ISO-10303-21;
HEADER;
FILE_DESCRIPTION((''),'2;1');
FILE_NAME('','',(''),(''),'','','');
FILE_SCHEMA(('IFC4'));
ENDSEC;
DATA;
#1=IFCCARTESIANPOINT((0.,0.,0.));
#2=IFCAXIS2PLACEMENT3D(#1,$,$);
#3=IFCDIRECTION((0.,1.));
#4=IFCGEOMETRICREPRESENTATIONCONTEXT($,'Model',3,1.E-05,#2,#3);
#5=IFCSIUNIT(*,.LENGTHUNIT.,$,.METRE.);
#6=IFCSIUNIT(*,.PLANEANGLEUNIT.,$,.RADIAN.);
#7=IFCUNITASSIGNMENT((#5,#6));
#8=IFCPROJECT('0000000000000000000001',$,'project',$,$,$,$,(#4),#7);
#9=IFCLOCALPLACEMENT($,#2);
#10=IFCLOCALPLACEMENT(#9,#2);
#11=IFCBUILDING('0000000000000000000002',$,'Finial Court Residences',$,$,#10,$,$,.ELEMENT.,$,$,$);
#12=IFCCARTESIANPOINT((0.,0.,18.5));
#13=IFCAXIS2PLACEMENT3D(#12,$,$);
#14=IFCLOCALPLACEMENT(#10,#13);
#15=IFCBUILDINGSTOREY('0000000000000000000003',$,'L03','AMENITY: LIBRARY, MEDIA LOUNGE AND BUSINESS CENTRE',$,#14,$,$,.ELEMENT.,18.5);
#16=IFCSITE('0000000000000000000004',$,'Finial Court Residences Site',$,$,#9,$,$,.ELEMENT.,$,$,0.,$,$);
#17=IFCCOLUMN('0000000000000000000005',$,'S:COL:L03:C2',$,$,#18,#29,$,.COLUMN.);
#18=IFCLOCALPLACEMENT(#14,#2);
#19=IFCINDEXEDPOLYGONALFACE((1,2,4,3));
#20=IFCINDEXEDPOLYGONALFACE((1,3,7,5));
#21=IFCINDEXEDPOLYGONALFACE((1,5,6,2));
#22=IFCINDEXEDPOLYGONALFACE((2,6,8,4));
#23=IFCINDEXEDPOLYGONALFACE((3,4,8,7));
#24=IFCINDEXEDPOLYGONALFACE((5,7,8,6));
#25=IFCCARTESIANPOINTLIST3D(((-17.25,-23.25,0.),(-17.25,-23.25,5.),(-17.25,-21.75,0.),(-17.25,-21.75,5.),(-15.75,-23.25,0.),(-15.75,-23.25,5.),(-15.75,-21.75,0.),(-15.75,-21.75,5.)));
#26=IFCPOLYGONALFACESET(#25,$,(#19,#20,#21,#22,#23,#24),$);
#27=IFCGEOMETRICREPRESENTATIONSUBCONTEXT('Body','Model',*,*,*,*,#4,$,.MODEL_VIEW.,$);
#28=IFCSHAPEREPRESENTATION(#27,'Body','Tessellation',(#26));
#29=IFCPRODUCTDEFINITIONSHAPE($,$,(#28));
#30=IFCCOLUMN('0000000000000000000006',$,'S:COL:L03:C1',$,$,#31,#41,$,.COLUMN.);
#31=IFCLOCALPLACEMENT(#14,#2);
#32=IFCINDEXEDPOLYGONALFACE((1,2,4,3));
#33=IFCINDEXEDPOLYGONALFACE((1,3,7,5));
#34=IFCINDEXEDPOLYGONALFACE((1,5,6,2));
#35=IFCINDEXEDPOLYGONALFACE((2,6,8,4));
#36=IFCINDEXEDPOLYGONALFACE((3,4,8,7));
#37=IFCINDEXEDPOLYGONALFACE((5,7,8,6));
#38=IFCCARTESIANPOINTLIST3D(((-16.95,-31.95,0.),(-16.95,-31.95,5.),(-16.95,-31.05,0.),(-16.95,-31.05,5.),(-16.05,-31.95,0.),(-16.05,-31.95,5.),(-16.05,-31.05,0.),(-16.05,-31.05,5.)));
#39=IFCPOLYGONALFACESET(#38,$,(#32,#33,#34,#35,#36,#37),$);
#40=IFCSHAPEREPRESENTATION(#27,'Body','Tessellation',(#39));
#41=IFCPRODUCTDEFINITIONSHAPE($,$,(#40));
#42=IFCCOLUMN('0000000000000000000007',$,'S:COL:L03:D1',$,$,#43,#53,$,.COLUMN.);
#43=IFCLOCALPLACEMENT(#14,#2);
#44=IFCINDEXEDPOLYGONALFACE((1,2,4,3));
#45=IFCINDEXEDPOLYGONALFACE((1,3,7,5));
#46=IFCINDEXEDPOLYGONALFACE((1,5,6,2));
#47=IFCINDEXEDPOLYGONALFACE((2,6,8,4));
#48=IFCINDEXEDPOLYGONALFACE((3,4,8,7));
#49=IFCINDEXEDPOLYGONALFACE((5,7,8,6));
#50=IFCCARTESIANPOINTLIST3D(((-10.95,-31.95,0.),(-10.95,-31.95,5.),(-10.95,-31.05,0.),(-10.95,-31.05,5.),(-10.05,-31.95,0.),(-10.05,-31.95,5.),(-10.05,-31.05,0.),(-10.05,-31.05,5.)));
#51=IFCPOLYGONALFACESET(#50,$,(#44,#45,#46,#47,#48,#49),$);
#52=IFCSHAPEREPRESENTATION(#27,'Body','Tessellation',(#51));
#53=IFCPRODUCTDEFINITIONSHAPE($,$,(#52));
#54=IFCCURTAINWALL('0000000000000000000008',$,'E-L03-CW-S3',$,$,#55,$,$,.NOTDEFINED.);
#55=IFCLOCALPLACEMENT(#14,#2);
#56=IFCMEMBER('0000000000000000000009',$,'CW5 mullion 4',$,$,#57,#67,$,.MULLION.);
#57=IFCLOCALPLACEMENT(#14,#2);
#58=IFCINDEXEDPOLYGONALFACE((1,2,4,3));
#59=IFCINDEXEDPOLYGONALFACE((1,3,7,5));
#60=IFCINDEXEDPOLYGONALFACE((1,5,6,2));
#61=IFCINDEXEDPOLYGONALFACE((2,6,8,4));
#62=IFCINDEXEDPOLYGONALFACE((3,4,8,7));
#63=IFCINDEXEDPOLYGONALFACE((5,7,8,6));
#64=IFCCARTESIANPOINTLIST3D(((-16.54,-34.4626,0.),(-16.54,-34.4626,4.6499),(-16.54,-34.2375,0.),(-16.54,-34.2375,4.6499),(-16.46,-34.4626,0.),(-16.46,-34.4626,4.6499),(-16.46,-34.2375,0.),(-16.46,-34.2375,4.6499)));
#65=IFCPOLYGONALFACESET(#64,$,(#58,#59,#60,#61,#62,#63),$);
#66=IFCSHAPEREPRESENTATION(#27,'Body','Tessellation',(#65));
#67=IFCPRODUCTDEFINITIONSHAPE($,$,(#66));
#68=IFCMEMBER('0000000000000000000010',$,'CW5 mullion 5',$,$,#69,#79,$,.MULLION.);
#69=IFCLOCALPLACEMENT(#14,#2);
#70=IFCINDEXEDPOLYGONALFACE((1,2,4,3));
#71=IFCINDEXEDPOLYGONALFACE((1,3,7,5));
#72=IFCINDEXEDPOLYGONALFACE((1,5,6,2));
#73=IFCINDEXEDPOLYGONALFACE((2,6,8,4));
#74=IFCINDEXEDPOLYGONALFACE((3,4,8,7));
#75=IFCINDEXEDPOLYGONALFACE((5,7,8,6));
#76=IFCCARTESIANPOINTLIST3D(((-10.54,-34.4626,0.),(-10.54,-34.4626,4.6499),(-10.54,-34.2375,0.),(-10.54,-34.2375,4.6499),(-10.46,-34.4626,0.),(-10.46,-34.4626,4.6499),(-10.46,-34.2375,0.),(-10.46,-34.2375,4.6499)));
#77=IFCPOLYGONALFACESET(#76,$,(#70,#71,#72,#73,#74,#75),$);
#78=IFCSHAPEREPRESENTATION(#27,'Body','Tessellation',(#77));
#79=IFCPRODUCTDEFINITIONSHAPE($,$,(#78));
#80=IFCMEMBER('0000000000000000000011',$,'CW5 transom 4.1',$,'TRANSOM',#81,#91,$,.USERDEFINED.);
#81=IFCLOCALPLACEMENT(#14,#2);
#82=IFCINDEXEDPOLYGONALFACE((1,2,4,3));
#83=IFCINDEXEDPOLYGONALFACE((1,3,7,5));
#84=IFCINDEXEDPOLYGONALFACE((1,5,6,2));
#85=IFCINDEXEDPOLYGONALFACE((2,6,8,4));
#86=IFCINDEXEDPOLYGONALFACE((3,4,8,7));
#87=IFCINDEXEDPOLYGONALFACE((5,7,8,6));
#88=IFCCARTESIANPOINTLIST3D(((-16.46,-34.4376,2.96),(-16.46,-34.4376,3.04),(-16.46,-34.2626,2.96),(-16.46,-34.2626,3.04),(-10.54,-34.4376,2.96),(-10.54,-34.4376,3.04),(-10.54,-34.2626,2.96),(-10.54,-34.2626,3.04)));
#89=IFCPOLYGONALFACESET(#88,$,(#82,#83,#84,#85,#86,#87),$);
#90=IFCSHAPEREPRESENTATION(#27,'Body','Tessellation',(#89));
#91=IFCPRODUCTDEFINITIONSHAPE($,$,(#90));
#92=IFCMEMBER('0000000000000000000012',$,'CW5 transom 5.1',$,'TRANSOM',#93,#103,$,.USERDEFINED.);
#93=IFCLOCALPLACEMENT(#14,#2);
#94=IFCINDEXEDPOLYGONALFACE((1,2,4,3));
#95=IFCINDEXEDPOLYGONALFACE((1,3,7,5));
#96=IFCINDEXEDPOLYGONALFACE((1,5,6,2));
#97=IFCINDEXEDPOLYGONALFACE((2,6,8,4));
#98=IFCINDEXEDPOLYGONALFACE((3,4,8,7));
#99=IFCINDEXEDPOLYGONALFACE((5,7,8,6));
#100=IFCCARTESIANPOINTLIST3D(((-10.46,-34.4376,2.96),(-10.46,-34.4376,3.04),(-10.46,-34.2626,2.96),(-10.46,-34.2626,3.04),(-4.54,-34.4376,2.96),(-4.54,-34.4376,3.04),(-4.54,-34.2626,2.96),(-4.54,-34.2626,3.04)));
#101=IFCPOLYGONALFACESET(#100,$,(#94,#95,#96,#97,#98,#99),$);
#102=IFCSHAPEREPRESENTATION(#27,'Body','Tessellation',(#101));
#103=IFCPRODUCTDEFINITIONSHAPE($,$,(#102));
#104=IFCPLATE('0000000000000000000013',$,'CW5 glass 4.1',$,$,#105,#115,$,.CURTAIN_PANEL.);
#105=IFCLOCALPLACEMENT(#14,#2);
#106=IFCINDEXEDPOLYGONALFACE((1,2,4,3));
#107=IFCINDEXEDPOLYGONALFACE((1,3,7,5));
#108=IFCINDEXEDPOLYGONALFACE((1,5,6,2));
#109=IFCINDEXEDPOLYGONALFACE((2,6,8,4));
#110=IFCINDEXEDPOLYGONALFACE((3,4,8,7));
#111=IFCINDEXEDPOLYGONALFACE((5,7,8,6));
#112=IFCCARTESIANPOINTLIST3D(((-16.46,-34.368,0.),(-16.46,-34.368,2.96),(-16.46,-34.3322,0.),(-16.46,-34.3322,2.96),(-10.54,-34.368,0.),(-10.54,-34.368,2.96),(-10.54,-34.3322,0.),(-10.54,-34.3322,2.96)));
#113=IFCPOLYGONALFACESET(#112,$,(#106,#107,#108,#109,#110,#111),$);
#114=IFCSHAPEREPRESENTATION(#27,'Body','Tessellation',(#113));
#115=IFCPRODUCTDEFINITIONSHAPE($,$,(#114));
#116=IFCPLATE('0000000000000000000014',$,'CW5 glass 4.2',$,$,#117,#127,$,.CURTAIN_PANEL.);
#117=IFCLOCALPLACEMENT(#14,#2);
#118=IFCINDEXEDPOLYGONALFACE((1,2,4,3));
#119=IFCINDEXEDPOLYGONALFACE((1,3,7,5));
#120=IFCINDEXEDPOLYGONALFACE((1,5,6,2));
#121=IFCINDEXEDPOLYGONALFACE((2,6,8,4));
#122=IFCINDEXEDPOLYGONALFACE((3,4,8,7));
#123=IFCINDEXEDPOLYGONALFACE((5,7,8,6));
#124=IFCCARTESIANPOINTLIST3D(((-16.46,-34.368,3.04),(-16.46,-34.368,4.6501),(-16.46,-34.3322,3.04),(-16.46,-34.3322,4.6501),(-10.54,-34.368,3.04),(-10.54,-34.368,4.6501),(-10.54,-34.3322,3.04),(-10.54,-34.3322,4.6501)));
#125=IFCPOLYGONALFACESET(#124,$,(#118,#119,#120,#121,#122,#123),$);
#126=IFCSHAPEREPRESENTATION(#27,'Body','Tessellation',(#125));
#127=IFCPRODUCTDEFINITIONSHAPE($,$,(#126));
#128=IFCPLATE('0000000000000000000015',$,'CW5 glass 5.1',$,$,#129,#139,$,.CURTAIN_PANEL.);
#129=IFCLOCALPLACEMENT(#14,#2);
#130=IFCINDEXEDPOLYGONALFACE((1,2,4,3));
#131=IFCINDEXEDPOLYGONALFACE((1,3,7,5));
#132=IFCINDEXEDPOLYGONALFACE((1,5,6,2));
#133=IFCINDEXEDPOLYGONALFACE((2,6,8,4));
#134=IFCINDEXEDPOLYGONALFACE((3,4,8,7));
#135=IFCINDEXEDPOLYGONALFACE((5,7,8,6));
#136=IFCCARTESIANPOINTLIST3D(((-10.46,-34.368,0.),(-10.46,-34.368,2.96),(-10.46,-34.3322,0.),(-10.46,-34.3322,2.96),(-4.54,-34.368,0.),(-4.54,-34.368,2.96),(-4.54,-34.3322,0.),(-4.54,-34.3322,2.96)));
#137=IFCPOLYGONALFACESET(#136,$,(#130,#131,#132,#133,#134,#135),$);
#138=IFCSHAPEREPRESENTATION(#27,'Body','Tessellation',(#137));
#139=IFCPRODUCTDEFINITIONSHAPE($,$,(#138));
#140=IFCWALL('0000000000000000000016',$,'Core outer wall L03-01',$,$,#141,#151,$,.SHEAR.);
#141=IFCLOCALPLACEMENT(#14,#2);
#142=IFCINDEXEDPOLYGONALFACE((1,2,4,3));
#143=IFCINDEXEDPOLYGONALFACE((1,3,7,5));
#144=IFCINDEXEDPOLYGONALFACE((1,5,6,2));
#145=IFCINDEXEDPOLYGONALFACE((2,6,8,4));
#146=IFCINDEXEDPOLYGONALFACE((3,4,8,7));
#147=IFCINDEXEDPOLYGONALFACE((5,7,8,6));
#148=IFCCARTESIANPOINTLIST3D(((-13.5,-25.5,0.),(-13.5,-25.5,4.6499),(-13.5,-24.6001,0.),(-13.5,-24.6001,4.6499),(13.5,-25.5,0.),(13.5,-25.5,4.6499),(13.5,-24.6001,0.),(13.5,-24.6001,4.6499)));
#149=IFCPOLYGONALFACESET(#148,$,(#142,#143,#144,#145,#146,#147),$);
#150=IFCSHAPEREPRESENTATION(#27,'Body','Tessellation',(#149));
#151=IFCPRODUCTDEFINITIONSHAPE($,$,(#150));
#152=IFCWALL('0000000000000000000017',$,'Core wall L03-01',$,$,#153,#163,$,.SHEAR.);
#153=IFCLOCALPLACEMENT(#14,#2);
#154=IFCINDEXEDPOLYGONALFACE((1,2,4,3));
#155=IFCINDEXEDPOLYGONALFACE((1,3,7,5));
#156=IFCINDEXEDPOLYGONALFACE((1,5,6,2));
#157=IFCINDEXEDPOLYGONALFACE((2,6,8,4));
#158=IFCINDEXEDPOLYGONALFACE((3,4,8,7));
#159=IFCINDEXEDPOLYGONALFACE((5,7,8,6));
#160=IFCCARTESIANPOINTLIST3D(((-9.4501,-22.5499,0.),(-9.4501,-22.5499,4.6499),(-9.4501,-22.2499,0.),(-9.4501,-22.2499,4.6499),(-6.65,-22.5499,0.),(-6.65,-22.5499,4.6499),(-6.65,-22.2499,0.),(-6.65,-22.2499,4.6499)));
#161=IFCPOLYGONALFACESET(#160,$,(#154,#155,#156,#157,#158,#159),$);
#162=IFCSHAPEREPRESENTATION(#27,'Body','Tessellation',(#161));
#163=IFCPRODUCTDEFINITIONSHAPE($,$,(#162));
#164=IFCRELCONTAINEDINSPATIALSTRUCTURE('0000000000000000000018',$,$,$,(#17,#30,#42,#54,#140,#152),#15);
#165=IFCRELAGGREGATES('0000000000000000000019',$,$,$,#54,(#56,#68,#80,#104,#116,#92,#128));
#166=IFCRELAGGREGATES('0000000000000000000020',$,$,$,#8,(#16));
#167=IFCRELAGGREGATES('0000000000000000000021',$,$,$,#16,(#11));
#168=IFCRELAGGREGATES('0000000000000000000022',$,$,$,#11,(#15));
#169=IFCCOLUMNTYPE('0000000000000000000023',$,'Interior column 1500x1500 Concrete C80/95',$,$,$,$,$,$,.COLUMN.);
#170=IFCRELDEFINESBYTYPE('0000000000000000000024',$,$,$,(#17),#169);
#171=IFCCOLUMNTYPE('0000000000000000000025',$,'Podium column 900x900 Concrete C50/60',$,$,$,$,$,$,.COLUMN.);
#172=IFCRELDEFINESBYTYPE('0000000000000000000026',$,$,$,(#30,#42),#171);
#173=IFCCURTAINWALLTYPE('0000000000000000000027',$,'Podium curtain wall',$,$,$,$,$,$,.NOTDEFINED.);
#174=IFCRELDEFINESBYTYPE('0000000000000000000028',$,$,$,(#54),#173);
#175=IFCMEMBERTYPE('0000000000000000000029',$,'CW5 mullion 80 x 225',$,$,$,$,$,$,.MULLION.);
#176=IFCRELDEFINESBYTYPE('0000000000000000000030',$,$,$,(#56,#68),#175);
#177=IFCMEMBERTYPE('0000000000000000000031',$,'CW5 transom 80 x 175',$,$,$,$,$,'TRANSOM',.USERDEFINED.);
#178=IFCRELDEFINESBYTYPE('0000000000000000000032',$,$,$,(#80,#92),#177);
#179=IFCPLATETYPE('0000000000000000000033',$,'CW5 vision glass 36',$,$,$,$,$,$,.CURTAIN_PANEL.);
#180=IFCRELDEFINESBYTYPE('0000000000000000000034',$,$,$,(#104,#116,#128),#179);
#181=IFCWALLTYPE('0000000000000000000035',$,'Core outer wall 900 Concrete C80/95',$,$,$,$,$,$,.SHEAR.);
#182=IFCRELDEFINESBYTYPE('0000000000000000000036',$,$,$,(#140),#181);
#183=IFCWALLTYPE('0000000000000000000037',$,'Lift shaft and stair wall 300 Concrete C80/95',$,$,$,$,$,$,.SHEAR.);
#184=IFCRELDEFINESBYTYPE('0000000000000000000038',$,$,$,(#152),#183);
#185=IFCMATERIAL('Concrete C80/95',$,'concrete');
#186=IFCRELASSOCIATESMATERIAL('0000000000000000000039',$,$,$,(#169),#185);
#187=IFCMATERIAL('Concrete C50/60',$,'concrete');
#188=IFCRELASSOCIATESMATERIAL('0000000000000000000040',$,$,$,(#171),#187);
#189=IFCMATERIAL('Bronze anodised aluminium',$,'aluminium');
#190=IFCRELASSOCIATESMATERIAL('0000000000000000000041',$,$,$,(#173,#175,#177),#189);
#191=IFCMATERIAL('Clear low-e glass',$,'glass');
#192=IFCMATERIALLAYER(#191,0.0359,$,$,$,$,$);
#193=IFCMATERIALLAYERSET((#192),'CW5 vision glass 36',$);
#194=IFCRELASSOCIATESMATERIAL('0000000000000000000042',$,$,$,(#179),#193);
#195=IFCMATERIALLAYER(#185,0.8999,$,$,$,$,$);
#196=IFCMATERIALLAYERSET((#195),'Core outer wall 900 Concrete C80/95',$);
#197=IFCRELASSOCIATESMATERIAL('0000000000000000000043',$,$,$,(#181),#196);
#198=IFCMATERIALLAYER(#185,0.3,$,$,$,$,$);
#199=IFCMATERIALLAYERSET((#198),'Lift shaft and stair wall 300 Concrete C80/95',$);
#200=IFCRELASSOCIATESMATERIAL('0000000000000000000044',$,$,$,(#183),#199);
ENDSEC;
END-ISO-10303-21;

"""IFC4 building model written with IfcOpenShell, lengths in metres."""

from ifc_helpers import new_model, si_unit, direction, frame, frame_2d, origin, origin_2d, place, context, subcontext, project, spatial, rectangle, extrude, material, layer, layer_set, material_profile, profile_set, type_object, element, aggregate, save


model = new_model("IFC4")

# Units and contexts
model_context = context("Model", 3, precision=1e-05, world=origin(), true_north=direction((0.0, 1.0)))
body_context = subcontext(model_context, "Body", "Model", "MODEL_VIEW")
ifc_project = project(units=[si_unit("LENGTHUNIT", "METRE"), si_unit("PLANEANGLEUNIT", "RADIAN")], contexts=[model_context])

# Site, building, storey
site_placement = place(None, origin())
site = spatial("IfcSite", under=ifc_project, at=site_placement, Name="Finial Court Residences Site", CompositionType="ELEMENT", RefElevation=0.0)
building_placement = place(site_placement, origin())
building = spatial("IfcBuilding", under=site, at=building_placement, Name="Finial Court Residences", CompositionType="ELEMENT")
storey_placement = place(building_placement, frame((0.0, 0.0, 18.5)))
storey = spatial("IfcBuildingStorey", under=building, at=storey_placement, Name="L03", Description="AMENITY: LIBRARY, MEDIA LOUNGE AND BUSINESS CENTRE", CompositionType="ELEMENT", Elevation=18.5)

# Columns
ifc_material_1 = material(Name="Concrete C80/95", Category="concrete")
ifc_material_profile_1 = material_profile(ifc_material_1, rectangle(XDim=1.5, YDim=1.5, at=origin_2d()), Name="1500x1500")
ifc_profile_set_1 = profile_set([ifc_material_profile_1], Name="Concrete C80/95")
column_type_1 = type_object("IfcColumnType", Name="Interior column 1500x1500 Concrete C80/95", PredefinedType="COLUMN", material=ifc_profile_set_1)
column_placement = place(storey_placement, frame((-16.5, -22.5, 0.0), z_axis=(0.0, 0.0, 1.0), x_axis=(1.0, 0.0, 0.0)))
element("IfcColumn", 1, at=column_placement, inside=storey, type_object=column_type_1, Name="S:COL:L03:C2", PredefinedType="COLUMN", context=body_context, shape_type="SweptSolid", body=[
    extrude(rectangle(XDim=1.5, YDim=1.5, at=origin_2d()), origin(), (0.0, 0.0, 1.0), 5.0),
])
ifc_material_2 = material(Name="Concrete C50/60", Category="concrete")
ifc_material_profile_2 = material_profile(ifc_material_2, rectangle(XDim=0.8999, YDim=0.8999, at=origin_2d()), Name="900x900")
ifc_profile_set_2 = profile_set([ifc_material_profile_2], Name="Concrete C50/60")
column_type_2 = type_object("IfcColumnType", Name="Podium column 900x900 Concrete C50/60", PredefinedType="COLUMN", material=ifc_profile_set_2)
for number, where, z_axis, x_axis, name in (
    (2, (-16.5, -31.5, 0.0), (0.0, 0.0, 1.0), (1.0, 0.0, 0.0), "S:COL:L03:C1"),
    (3, (-10.5, -31.5, 0.0), (0.0, 0.0, 1.0), (1.0, 0.0, 0.0), "S:COL:L03:D1"),
):
    element("IfcColumn", number, at=place(storey_placement, frame(where, z_axis=z_axis, x_axis=x_axis)), inside=storey, type_object=column_type_2, Name=name, PredefinedType="COLUMN", context=body_context, shape_type="SweptSolid", body=[
        extrude(rectangle(XDim=0.8999, YDim=0.8999, at=origin_2d()), origin(), (0.0, 0.0, 1.0), 5.0),
    ])

# Curtain wall, members, plates
ifc_material_3 = material(Name="Bronze anodised aluminium", Category="aluminium")
curtain_wall_type = type_object("IfcCurtainWallType", Name="Podium curtain wall", PredefinedType="NOTDEFINED", material=ifc_material_3)
curtain_wall_placement = place(storey_placement, origin())
curtain_wall = element("IfcCurtainWall", 4, at=curtain_wall_placement, inside=storey, type_object=curtain_wall_type, Name="E-L03-CW-S3", PredefinedType="NOTDEFINED")
ifc_material_profile_3 = material_profile(ifc_material_3, rectangle(XDim=0.2251, YDim=0.0801, at=origin_2d()), Name="CW5 mullion 80 x 225")
ifc_profile_set_3 = profile_set([ifc_material_profile_3], Name="Bronze anodised aluminium")
member_type_1 = type_object("IfcMemberType", Name="CW5 mullion 80 x 225", PredefinedType="MULLION", material=ifc_profile_set_3)
member_1_placement = place(storey_placement, frame((-16.5, -34.3501, 0.0), z_axis=(0.0, 0.0, 1.0), x_axis=(0.0, 1.0, 0.0)))
member_1 = element("IfcMember", 5, at=member_1_placement, type_object=member_type_1, Name="CW5 mullion 4", PredefinedType="MULLION", context=body_context, shape_type="SweptSolid", body=[
    extrude(rectangle(XDim=0.2251, YDim=0.0801, at=origin_2d()), origin(), (0.0, 0.0, 1.0), 4.6499),
])
member_2_placement = place(storey_placement, frame((-10.5, -34.3501, 0.0), z_axis=(0.0, 0.0, 1.0), x_axis=(0.0, 1.0, 0.0)))
member_2 = element("IfcMember", 6, at=member_2_placement, type_object=member_type_1, Name="CW5 mullion 5", PredefinedType="MULLION", context=body_context, shape_type="SweptSolid", body=[
    extrude(rectangle(XDim=0.2251, YDim=0.0801, at=origin_2d()), origin(), (0.0, 0.0, 1.0), 4.6499),
])
ifc_material_profile_4 = material_profile(ifc_material_3, rectangle(XDim=0.175, YDim=0.0801, at=origin_2d()), Name="CW5 transom 80 x 175")
ifc_profile_set_4 = profile_set([ifc_material_profile_4], Name="Bronze anodised aluminium")
member_type_2 = type_object("IfcMemberType", Name="CW5 transom 80 x 175", ElementType="TRANSOM", PredefinedType="USERDEFINED", material=ifc_profile_set_4)
member_3_placement = place(storey_placement, frame((-16.46, -34.3501, 3.0), z_axis=(1.0, 0.0, 0.0), x_axis=(0.0, 1.0, 0.0)))
member_3 = element("IfcMember", 7, at=member_3_placement, type_object=member_type_2, Name="CW5 transom 4.1", ObjectType="TRANSOM", PredefinedType="USERDEFINED", context=body_context, shape_type="SweptSolid", body=[
    extrude(rectangle(XDim=0.175, YDim=0.0801, at=origin_2d()), origin(), (0.0, 0.0, 1.0), 5.9199),
])
member_4_placement = place(storey_placement, frame((-10.46, -34.3501, 3.0), z_axis=(1.0, 0.0, 0.0), x_axis=(0.0, 1.0, 0.0)))
member_4 = element("IfcMember", 8, at=member_4_placement, type_object=member_type_2, Name="CW5 transom 5.1", ObjectType="TRANSOM", PredefinedType="USERDEFINED", context=body_context, shape_type="SweptSolid", body=[
    extrude(rectangle(XDim=0.175, YDim=0.0801, at=origin_2d()), origin(), (0.0, 0.0, 1.0), 5.9199),
])
ifc_material_4 = material(Name="Clear low-e glass", Category="glass")
ifc_layer_1 = layer(ifc_material_4, 0.0359)
ifc_layer_set_1 = layer_set([ifc_layer_1], Name="CW5 vision glass 36")
plate_type = type_object("IfcPlateType", Name="CW5 vision glass 36", PredefinedType="CURTAIN_PANEL", material=ifc_layer_set_1)
plate_1_placement = place(storey_placement, frame((-13.5, -34.3501, 0.0), z_axis=(0.0, 0.0, 1.0), x_axis=(1.0, 0.0, 0.0)))
plate_1 = element("IfcPlate", 9, at=plate_1_placement, type_object=plate_type, Name="CW5 glass 4.1", PredefinedType="CURTAIN_PANEL", context=body_context, shape_type="SweptSolid", body=[
    extrude(rectangle(XDim=5.9199, YDim=0.0359, at=origin_2d()), origin(), (0.0, 0.0, 1.0), 2.96),
])
plate_2_placement = place(storey_placement, frame((-13.5, -34.3501, 3.04), z_axis=(0.0, 0.0, 1.0), x_axis=(1.0, 0.0, 0.0)))
plate_2 = element("IfcPlate", 10, at=plate_2_placement, type_object=plate_type, Name="CW5 glass 4.2", PredefinedType="CURTAIN_PANEL", context=body_context, shape_type="SweptSolid", body=[
    extrude(rectangle(XDim=5.9199, YDim=0.0359, at=origin_2d()), origin(), (0.0, 0.0, 1.0), 1.6101),
])
plate_3_placement = place(storey_placement, frame((-7.5, -34.3501, 0.0), z_axis=(0.0, 0.0, 1.0), x_axis=(1.0, 0.0, 0.0)))
plate_3 = element("IfcPlate", 11, at=plate_3_placement, type_object=plate_type, Name="CW5 glass 5.1", PredefinedType="CURTAIN_PANEL", context=body_context, shape_type="SweptSolid", body=[
    extrude(rectangle(XDim=5.9199, YDim=0.0359, at=origin_2d()), origin(), (0.0, 0.0, 1.0), 2.96),
])
aggregate(curtain_wall, [member_1, member_2, member_3, plate_1, plate_2, member_4, plate_3])

# Walls
ifc_layer_2 = layer(ifc_material_1, 0.8999)
ifc_layer_set_2 = layer_set([ifc_layer_2], Name="Core outer wall 900 Concrete C80/95")
wall_type_1 = type_object("IfcWallType", Name="Core outer wall 900 Concrete C80/95", PredefinedType="SHEAR", material=ifc_layer_set_2)
wall_1_placement = place(storey_placement, frame((-13.5, -25.05, 0.0), z_axis=(0.0, 0.0, 1.0), x_axis=(1.0, 0.0, 0.0)))
element("IfcWall", 12, at=wall_1_placement, inside=storey, type_object=wall_type_1, Name="Core outer wall L03-01", PredefinedType="SHEAR", context=body_context, shape_type="SweptSolid", body=[
    extrude(rectangle(XDim=27.0, YDim=0.8999, at=frame_2d((13.5, 0.0))), origin(), (0.0, 0.0, 1.0), 4.6499),
])
ifc_layer_3 = layer(ifc_material_1, 0.3)
ifc_layer_set_3 = layer_set([ifc_layer_3], Name="Lift shaft and stair wall 300 Concrete C80/95")
wall_type_2 = type_object("IfcWallType", Name="Lift shaft and stair wall 300 Concrete C80/95", PredefinedType="SHEAR", material=ifc_layer_set_3)
wall_2_placement = place(storey_placement, frame((-9.45, -22.3999, 0.0), z_axis=(0.0, 0.0, 1.0), x_axis=(1.0, 0.0, 0.0)))
element("IfcWall", 13, at=wall_2_placement, inside=storey, type_object=wall_type_2, Name="Core wall L03-01", PredefinedType="SHEAR", context=body_context, shape_type="SweptSolid", body=[
    extrude(rectangle(XDim=2.8, YDim=0.3, at=frame_2d((1.3999, 0.0))), origin(), (0.0, 0.0, 1.0), 4.6499),
])

save(model, "model.ifc")
